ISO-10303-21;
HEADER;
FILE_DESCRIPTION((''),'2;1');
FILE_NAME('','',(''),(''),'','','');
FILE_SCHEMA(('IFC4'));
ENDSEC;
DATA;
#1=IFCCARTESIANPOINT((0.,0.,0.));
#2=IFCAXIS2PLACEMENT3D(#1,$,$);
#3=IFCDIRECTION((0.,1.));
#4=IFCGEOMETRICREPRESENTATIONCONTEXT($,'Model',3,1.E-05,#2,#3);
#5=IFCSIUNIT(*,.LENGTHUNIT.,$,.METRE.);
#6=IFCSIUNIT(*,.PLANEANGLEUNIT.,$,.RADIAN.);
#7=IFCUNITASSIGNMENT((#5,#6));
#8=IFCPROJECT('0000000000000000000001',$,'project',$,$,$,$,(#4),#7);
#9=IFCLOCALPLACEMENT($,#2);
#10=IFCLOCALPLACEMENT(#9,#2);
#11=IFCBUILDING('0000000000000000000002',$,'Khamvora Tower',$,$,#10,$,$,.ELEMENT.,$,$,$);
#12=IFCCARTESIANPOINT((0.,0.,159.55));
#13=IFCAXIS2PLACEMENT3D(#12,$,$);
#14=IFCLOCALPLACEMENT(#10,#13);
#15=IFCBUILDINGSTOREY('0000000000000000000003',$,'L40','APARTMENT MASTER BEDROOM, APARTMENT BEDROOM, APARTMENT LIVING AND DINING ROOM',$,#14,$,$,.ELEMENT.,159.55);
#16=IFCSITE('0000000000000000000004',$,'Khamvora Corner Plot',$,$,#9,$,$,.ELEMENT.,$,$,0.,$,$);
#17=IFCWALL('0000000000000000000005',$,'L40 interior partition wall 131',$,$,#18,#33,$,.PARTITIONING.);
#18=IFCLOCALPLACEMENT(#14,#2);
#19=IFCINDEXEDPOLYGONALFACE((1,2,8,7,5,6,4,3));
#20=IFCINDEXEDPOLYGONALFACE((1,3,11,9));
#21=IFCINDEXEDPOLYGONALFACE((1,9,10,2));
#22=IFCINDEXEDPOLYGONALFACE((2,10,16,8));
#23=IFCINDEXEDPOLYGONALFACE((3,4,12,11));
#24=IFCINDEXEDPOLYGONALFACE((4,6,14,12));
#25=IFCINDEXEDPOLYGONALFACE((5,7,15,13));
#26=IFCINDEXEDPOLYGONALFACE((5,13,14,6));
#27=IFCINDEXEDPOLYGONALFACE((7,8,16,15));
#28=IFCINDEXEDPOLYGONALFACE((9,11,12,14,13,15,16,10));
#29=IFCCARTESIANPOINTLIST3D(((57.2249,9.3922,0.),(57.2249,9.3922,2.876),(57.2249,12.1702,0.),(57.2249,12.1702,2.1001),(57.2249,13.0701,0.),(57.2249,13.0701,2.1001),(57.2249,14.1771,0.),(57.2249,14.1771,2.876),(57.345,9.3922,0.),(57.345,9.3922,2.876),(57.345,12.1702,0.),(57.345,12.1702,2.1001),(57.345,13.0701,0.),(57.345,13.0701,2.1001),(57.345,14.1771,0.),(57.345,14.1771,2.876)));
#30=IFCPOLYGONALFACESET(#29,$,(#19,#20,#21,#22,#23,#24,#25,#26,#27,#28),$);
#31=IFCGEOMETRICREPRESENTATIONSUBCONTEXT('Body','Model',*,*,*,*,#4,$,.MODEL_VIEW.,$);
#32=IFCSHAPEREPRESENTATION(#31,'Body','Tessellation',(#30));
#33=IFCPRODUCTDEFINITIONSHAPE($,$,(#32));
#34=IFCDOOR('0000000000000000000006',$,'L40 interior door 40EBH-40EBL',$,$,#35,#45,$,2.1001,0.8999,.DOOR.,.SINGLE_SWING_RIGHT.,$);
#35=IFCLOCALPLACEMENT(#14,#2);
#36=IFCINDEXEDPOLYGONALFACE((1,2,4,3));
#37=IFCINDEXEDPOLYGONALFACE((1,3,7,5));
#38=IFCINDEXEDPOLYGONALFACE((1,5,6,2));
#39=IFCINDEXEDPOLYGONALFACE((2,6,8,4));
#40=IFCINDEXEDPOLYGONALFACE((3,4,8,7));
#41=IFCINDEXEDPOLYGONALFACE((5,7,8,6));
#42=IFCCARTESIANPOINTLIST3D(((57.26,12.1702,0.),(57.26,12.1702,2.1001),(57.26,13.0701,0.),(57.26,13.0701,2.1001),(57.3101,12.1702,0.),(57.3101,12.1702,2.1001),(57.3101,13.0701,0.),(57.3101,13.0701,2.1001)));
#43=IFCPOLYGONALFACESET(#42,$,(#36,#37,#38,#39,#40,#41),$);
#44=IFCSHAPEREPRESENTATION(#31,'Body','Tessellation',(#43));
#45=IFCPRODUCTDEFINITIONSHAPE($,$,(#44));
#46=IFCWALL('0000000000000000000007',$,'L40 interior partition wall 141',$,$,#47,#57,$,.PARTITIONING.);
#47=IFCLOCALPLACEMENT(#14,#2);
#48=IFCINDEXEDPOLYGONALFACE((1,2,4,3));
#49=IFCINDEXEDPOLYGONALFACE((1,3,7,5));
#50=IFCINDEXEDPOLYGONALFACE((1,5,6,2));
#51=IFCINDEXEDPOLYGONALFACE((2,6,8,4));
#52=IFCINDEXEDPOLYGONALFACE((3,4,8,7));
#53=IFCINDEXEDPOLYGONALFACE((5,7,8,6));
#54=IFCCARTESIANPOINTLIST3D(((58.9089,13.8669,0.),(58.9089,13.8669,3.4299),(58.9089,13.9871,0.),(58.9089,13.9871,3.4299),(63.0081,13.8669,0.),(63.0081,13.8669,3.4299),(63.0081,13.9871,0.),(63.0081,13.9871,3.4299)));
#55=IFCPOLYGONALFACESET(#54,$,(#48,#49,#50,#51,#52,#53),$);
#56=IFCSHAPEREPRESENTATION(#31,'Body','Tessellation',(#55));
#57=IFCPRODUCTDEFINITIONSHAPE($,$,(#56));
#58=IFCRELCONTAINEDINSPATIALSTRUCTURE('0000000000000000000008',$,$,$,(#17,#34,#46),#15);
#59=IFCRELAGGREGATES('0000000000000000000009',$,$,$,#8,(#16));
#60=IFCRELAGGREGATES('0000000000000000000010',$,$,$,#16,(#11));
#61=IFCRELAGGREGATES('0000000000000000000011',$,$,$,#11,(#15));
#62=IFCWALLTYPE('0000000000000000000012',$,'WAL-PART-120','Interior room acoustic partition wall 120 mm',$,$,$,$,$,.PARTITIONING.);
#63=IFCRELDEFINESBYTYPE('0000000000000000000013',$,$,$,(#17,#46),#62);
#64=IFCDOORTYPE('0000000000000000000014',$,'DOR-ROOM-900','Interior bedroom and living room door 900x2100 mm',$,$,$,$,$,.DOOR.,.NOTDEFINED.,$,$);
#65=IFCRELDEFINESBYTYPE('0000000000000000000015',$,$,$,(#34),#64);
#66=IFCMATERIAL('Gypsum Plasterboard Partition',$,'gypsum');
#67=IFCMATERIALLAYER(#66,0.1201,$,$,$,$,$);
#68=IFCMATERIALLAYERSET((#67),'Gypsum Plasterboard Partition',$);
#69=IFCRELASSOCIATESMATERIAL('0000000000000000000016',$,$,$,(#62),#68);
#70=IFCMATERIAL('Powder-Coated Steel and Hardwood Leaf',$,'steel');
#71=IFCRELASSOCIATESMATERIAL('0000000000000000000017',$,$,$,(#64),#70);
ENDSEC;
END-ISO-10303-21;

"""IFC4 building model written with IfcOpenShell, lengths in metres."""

from ifc_helpers import new_model, si_unit, direction, frame, frame_2d, origin, place, context, subcontext, project, spatial, rectangle, extrude, material, layer, layer_set, type_object, element, fill, save


model = new_model("IFC4")

# Units and contexts
model_context = context("Model", 3, precision=1e-05, world=origin(), true_north=direction((0.0, 1.0)))
body_context = subcontext(model_context, "Body", "Model", "MODEL_VIEW")
ifc_project = project(units=[si_unit("LENGTHUNIT", "METRE"), si_unit("PLANEANGLEUNIT", "RADIAN")], contexts=[model_context])

# Site, building, storey
site_placement = place(None, origin())
site = spatial("IfcSite", under=ifc_project, at=site_placement, Name="Khamvora Corner Plot", CompositionType="ELEMENT", RefElevation=0.0)
building_placement = place(site_placement, origin())
building = spatial("IfcBuilding", under=site, at=building_placement, Name="Khamvora Tower", CompositionType="ELEMENT")
storey_placement = place(building_placement, frame((0.0, 0.0, 159.55)))
storey = spatial("IfcBuildingStorey", under=building, at=storey_placement, Name="L40", Description="APARTMENT MASTER BEDROOM, APARTMENT BEDROOM, APARTMENT LIVING AND DINING ROOM", CompositionType="ELEMENT", Elevation=159.55)

# Wall, opening, door
ifc_material_1 = material(Name="Gypsum Plasterboard Partition", Category="gypsum")
ifc_layer_1 = layer(ifc_material_1, 0.1201)
ifc_layer_set_1 = layer_set([ifc_layer_1], Name="Gypsum Plasterboard Partition")
wall_type_1 = type_object("IfcWallType", Name="WAL-PART-120", Description="Interior room acoustic partition wall 120 mm", PredefinedType="PARTITIONING", material=ifc_layer_set_1)
wall_1_placement = place(storey_placement, frame((57.2849, 9.3921, 0.0), z_axis=(0.0, 0.0, 1.0), x_axis=(0.0, 1.0, 0.0)))
wall_1 = element("IfcWall", 1, at=wall_1_placement, inside=storey, type_object=wall_type_1, Name="L40 interior partition wall 131", PredefinedType="PARTITIONING", context=body_context, shape_type="SweptSolid", body=[
    extrude(rectangle(XDim=4.7849, YDim=0.1201, at=frame_2d((2.3926, 0.0))), origin(), (0.0, 0.0, 1.0), 2.876),
])
opening_1_placement = place(wall_1_placement, frame((2.7781, 0.0, 0.0)))
opening_1 = element("IfcOpeningElement", 2, at=opening_1_placement, cuts=wall_1, PredefinedType="OPENING", context=body_context, shape_type="SweptSolid", body=[
    extrude(rectangle(XDim=0.8999, YDim=2.1001, at=frame_2d((0.45, 1.05))), frame((0.0, 0.0701, 0.0), z_axis=(0.0, -1.0, 0.0), x_axis=(1.0, 0.0, 0.0)), (0.0, 0.0, 1.0), 0.1401),
])
ifc_material_2 = material(Name="Powder-Coated Steel and Hardwood Leaf", Category="steel")
door_type = type_object("IfcDoorType", Name="DOR-ROOM-900", Description="Interior bedroom and living room door 900x2100 mm", OperationType="NOTDEFINED", PredefinedType="DOOR", material=ifc_material_2)
door_placement = place(opening_1_placement, origin())
door = element("IfcDoor", 3, at=door_placement, inside=storey, type_object=door_type, Name="L40 interior door 40EBH-40EBL", OperationType="SINGLE_SWING_RIGHT", OverallHeight=2.1001, OverallWidth=0.8999, PredefinedType="DOOR", context=body_context, shape_type="SweptSolid", body=[
    extrude(rectangle(XDim=0.8999, YDim=2.1001, at=frame_2d((0.45, 1.05))), frame((0.0, 0.0249, 0.0), z_axis=(0.0, -1.0, 0.0), x_axis=(1.0, 0.0, 0.0)), (0.0, 0.0, 1.0), 0.05),
])
fill(opening_1, door)

# Wall
wall_2_placement = place(storey_placement, frame((58.9089, 13.927, 0.0), z_axis=(0.0, 0.0, 1.0), x_axis=(1.0, 0.0, 0.0)))
element("IfcWall", 4, at=wall_2_placement, inside=storey, type_object=wall_type_1, Name="L40 interior partition wall 141", PredefinedType="PARTITIONING", context=body_context, shape_type="SweptSolid", body=[
    extrude(rectangle(XDim=4.0991, YDim=0.1201, at=frame_2d((2.0496, 0.0))), origin(), (0.0, 0.0, 1.0), 3.4299),
])

save(model, "model.ifc")
